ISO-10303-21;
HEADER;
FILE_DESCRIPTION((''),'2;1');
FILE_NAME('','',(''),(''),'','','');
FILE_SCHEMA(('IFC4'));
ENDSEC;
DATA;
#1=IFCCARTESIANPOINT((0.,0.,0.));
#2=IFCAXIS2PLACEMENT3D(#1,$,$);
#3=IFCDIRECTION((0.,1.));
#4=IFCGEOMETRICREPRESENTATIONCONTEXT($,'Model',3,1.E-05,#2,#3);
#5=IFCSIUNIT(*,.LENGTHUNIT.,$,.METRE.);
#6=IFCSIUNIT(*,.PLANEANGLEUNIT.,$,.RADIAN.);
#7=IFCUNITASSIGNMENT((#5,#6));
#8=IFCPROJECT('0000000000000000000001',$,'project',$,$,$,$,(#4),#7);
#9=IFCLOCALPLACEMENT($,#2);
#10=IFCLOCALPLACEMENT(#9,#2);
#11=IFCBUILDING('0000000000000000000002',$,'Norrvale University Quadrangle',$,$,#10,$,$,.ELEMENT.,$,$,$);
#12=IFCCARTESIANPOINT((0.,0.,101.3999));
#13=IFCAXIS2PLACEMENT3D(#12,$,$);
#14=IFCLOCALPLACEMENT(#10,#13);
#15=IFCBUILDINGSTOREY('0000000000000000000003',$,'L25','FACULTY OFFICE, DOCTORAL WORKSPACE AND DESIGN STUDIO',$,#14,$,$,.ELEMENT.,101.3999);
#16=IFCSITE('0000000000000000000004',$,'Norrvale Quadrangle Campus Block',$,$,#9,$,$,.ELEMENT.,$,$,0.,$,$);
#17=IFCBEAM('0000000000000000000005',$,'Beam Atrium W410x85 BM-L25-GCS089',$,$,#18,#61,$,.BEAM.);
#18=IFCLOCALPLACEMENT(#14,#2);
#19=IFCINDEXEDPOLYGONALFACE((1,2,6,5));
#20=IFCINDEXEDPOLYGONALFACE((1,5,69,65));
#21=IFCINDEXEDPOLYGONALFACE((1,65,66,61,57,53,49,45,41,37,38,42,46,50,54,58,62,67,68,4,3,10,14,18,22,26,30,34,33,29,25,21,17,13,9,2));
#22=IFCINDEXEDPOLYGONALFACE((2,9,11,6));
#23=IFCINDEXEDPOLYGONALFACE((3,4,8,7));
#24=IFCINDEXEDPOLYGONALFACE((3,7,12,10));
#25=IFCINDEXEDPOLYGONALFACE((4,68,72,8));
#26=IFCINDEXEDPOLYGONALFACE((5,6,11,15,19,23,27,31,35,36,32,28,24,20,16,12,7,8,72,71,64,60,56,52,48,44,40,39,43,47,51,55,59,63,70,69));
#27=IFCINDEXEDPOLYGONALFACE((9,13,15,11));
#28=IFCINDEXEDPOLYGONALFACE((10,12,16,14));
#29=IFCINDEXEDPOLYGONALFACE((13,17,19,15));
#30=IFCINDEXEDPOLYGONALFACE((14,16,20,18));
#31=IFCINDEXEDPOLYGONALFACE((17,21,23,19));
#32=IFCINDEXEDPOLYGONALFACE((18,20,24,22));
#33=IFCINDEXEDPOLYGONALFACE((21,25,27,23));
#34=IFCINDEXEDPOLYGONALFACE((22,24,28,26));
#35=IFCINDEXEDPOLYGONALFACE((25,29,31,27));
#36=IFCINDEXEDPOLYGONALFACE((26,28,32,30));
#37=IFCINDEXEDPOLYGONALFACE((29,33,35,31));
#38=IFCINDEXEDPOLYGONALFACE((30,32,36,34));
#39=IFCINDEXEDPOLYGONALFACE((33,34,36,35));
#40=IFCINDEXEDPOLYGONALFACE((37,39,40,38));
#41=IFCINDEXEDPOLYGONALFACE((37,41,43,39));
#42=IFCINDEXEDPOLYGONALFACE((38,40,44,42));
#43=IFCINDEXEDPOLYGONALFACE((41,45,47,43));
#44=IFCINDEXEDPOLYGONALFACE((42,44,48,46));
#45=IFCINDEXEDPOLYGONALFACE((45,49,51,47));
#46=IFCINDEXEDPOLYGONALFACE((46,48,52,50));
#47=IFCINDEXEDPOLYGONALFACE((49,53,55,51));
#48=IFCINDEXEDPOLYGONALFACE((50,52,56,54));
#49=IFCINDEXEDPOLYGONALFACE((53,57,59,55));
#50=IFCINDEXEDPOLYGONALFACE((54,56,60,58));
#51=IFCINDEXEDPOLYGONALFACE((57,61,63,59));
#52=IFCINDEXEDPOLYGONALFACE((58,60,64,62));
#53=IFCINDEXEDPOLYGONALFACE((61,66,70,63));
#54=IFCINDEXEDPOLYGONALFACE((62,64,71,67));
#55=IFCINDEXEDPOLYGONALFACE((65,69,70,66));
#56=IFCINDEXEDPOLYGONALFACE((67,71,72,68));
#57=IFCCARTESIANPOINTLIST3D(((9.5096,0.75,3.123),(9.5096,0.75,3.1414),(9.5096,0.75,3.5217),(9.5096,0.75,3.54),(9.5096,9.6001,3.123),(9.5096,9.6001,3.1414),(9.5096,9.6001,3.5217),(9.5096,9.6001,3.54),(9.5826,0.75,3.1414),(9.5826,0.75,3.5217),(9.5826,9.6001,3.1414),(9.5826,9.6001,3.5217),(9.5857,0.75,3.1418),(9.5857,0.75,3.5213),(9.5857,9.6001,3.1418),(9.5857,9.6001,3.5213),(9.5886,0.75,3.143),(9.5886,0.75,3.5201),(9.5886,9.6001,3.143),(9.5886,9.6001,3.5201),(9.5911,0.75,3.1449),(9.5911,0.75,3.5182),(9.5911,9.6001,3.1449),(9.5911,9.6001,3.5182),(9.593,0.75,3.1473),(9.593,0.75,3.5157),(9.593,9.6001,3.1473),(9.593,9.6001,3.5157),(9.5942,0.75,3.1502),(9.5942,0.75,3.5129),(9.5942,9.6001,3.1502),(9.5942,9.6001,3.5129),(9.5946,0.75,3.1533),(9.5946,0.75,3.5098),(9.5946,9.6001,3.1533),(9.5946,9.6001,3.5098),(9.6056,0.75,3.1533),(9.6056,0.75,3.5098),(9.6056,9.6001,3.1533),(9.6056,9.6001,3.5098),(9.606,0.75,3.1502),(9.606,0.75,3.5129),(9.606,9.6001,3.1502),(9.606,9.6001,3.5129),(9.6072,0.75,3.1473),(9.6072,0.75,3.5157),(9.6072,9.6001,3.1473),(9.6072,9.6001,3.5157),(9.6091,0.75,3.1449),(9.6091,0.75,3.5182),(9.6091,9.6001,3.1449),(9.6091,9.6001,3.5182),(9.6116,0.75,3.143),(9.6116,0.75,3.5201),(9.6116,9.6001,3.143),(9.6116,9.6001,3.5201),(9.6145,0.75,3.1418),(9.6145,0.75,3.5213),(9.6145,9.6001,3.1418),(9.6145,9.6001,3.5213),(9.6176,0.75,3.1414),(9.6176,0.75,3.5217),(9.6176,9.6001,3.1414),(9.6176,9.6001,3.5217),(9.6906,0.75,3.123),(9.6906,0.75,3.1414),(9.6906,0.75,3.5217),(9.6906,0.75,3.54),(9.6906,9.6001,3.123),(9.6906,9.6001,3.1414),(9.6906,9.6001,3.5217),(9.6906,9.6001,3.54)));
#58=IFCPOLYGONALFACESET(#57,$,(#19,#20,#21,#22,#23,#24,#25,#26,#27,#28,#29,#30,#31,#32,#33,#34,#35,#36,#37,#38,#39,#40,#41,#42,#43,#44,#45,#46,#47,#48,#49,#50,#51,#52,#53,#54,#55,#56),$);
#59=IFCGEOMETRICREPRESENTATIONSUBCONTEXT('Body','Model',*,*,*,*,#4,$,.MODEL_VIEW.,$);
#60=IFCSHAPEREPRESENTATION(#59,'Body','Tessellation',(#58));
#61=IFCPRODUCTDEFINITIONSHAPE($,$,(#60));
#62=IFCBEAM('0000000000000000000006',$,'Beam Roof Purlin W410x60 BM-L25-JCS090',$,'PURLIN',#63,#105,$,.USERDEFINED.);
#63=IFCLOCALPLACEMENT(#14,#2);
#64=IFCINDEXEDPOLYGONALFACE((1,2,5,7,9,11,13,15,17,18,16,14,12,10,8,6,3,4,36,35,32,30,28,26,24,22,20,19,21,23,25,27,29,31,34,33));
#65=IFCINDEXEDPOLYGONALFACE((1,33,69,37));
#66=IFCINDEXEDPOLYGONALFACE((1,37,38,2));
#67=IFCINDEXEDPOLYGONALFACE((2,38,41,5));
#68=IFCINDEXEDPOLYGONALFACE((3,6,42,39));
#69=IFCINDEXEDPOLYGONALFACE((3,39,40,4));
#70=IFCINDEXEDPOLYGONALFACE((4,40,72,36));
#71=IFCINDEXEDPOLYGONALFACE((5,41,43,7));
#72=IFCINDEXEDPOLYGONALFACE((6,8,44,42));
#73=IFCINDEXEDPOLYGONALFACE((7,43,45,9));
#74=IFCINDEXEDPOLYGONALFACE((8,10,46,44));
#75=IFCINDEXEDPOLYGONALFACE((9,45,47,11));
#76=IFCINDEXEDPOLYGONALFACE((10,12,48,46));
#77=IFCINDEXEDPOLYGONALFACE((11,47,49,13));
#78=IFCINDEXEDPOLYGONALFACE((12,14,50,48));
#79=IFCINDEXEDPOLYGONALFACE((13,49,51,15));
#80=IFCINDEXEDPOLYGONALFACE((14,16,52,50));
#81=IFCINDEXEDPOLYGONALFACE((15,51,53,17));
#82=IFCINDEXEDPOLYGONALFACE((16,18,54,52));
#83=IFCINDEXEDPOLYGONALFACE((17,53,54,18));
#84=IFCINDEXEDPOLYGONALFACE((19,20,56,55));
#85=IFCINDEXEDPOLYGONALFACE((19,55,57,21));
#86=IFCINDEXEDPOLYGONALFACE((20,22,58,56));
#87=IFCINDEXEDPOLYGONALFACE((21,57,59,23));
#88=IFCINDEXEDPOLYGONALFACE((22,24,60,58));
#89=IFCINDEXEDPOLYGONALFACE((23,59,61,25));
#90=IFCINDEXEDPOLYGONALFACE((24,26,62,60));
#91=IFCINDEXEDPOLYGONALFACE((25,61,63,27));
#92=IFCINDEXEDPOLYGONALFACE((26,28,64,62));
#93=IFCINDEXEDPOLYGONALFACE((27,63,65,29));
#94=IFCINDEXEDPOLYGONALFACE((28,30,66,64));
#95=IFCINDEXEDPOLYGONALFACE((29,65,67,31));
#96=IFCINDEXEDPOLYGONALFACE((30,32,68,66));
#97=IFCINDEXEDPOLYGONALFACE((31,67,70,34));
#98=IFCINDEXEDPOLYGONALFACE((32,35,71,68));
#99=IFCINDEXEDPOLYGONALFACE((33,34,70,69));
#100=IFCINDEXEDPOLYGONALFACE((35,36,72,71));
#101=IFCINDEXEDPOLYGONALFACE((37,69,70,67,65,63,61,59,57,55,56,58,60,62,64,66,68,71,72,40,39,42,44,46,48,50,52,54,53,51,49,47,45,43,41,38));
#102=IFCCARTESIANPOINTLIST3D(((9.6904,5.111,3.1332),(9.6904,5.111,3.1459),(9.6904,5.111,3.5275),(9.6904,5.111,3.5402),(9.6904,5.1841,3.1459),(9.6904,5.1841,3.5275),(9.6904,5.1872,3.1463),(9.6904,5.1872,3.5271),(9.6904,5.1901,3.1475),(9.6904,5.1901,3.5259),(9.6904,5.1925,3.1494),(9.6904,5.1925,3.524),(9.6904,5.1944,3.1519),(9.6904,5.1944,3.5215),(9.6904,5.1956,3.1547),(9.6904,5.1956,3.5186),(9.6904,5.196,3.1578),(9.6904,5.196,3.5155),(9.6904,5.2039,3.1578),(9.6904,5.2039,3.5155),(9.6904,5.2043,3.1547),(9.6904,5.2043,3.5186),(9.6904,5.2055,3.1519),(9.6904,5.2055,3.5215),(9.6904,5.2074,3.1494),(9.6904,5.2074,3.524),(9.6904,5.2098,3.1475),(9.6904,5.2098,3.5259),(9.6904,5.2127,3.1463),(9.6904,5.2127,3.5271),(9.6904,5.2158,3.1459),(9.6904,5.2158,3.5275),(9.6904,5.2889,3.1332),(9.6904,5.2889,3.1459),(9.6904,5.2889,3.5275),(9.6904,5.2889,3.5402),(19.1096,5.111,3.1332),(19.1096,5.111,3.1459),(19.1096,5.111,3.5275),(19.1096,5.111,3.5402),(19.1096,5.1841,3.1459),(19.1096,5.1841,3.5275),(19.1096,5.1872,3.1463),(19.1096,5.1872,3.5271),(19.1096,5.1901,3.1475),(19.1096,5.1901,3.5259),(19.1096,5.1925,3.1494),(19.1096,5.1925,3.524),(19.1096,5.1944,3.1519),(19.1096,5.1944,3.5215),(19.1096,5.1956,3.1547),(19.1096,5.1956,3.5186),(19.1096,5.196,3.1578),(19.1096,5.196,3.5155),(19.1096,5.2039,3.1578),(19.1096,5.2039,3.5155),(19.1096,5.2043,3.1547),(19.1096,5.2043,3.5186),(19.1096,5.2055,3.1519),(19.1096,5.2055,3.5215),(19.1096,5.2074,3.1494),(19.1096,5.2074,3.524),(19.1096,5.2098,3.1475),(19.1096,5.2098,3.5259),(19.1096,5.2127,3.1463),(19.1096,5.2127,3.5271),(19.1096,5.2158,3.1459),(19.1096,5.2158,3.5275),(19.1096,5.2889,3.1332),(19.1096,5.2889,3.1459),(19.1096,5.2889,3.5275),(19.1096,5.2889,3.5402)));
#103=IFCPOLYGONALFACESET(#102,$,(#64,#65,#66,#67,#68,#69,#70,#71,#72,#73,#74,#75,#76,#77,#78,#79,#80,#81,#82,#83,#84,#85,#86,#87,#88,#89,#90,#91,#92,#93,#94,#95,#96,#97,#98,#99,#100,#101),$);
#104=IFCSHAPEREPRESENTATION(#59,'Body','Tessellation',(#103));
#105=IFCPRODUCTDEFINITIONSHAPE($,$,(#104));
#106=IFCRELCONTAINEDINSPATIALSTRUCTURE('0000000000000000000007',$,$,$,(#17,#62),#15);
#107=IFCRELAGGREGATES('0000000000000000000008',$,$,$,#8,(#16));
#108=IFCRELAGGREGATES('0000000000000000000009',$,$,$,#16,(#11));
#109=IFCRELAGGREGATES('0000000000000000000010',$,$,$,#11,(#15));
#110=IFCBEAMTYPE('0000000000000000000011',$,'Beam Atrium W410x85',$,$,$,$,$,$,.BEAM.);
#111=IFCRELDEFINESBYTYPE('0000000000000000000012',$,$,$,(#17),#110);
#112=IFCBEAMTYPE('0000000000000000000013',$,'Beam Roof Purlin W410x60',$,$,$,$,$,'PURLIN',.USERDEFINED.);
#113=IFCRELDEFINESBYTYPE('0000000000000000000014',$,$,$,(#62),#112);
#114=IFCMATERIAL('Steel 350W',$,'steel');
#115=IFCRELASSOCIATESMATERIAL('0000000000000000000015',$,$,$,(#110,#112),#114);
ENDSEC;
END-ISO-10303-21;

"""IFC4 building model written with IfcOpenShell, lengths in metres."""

from ifc_helpers import new_model, si_unit, direction, frame, origin, origin_2d, place, context, subcontext, project, spatial, i_section, extrude, material, material_profile, profile_set, type_object, element, save


model = new_model("IFC4")

# Units and contexts
model_context = context("Model", 3, precision=1e-05, world=origin(), true_north=direction((0.0, 1.0)))
body_context = subcontext(model_context, "Body", "Model", "MODEL_VIEW")
ifc_project = project(units=[si_unit("LENGTHUNIT", "METRE"), si_unit("PLANEANGLEUNIT", "RADIAN")], contexts=[model_context])

# Site, building, storey
site_placement = place(None, origin())
site = spatial("IfcSite", under=ifc_project, at=site_placement, Name="Norrvale Quadrangle Campus Block", CompositionType="ELEMENT", RefElevation=0.0)
building_placement = place(site_placement, origin())
building = spatial("IfcBuilding", under=site, at=building_placement, Name="Norrvale University Quadrangle", CompositionType="ELEMENT")
storey_placement = place(building_placement, frame((0.0, 0.0, 101.3999)))
storey = spatial("IfcBuildingStorey", under=building, at=storey_placement, Name="L25", Description="FACULTY OFFICE, DOCTORAL WORKSPACE AND DESIGN STUDIO", CompositionType="ELEMENT", Elevation=101.3999)

# Beams
ifc_material_1 = material(Name="Steel 350W", Category="steel")
ifc_material_profile_1 = material_profile(ifc_material_1, i_section(OverallWidth=0.1809, OverallDepth=0.417, WebThickness=0.011, FlangeThickness=0.0183, FilletRadius=0.012, at=origin_2d()), Name="Steel 350W")
ifc_profile_set_1 = profile_set([ifc_material_profile_1], Name="Steel 350W")
beam_type_1 = type_object("IfcBeamType", Name="Beam Atrium W410x85", PredefinedType="BEAM", material=ifc_profile_set_1)
beam_1_placement = place(storey_placement, frame((9.6001, 0.75, 3.3315), z_axis=(0.0, 1.0, 0.0), x_axis=(-1.0, 0.0, 0.0)))
element("IfcBeam", 1, at=beam_1_placement, inside=storey, type_object=beam_type_1, Name="Beam Atrium W410x85 BM-L25-GCS089", PredefinedType="BEAM", context=body_context, shape_type="SweptSolid", body=[
    extrude(i_section(OverallWidth=0.1809, OverallDepth=0.417, WebThickness=0.011, FlangeThickness=0.0183, FilletRadius=0.012, at=origin_2d()), origin(), (0.0, 0.0, 1.0), 8.8501),
])
ifc_material_profile_2 = material_profile(ifc_material_1, i_section(OverallWidth=0.178, OverallDepth=0.407, WebThickness=0.0078, FlangeThickness=0.0127, FilletRadius=0.012, at=origin_2d()), Name="Steel 350W")
ifc_profile_set_2 = profile_set([ifc_material_profile_2], Name="Steel 350W")
beam_type_2 = type_object("IfcBeamType", Name="Beam Roof Purlin W410x60", ElementType="PURLIN", PredefinedType="USERDEFINED", material=ifc_profile_set_2)
beam_2_placement = place(storey_placement, frame((9.6904, 5.2, 3.3367), z_axis=(1.0, 0.0, 0.0), x_axis=(0.0, 1.0, 0.0)))
element("IfcBeam", 2, at=beam_2_placement, inside=storey, type_object=beam_type_2, Name="Beam Roof Purlin W410x60 BM-L25-JCS090", ObjectType="PURLIN", PredefinedType="USERDEFINED", context=body_context, shape_type="SweptSolid", body=[
    extrude(i_section(OverallWidth=0.178, OverallDepth=0.407, WebThickness=0.0078, FlangeThickness=0.0127, FilletRadius=0.012, at=origin_2d()), origin(), (0.0, 0.0, 1.0), 9.4192),
])

save(model, "model.ifc")
